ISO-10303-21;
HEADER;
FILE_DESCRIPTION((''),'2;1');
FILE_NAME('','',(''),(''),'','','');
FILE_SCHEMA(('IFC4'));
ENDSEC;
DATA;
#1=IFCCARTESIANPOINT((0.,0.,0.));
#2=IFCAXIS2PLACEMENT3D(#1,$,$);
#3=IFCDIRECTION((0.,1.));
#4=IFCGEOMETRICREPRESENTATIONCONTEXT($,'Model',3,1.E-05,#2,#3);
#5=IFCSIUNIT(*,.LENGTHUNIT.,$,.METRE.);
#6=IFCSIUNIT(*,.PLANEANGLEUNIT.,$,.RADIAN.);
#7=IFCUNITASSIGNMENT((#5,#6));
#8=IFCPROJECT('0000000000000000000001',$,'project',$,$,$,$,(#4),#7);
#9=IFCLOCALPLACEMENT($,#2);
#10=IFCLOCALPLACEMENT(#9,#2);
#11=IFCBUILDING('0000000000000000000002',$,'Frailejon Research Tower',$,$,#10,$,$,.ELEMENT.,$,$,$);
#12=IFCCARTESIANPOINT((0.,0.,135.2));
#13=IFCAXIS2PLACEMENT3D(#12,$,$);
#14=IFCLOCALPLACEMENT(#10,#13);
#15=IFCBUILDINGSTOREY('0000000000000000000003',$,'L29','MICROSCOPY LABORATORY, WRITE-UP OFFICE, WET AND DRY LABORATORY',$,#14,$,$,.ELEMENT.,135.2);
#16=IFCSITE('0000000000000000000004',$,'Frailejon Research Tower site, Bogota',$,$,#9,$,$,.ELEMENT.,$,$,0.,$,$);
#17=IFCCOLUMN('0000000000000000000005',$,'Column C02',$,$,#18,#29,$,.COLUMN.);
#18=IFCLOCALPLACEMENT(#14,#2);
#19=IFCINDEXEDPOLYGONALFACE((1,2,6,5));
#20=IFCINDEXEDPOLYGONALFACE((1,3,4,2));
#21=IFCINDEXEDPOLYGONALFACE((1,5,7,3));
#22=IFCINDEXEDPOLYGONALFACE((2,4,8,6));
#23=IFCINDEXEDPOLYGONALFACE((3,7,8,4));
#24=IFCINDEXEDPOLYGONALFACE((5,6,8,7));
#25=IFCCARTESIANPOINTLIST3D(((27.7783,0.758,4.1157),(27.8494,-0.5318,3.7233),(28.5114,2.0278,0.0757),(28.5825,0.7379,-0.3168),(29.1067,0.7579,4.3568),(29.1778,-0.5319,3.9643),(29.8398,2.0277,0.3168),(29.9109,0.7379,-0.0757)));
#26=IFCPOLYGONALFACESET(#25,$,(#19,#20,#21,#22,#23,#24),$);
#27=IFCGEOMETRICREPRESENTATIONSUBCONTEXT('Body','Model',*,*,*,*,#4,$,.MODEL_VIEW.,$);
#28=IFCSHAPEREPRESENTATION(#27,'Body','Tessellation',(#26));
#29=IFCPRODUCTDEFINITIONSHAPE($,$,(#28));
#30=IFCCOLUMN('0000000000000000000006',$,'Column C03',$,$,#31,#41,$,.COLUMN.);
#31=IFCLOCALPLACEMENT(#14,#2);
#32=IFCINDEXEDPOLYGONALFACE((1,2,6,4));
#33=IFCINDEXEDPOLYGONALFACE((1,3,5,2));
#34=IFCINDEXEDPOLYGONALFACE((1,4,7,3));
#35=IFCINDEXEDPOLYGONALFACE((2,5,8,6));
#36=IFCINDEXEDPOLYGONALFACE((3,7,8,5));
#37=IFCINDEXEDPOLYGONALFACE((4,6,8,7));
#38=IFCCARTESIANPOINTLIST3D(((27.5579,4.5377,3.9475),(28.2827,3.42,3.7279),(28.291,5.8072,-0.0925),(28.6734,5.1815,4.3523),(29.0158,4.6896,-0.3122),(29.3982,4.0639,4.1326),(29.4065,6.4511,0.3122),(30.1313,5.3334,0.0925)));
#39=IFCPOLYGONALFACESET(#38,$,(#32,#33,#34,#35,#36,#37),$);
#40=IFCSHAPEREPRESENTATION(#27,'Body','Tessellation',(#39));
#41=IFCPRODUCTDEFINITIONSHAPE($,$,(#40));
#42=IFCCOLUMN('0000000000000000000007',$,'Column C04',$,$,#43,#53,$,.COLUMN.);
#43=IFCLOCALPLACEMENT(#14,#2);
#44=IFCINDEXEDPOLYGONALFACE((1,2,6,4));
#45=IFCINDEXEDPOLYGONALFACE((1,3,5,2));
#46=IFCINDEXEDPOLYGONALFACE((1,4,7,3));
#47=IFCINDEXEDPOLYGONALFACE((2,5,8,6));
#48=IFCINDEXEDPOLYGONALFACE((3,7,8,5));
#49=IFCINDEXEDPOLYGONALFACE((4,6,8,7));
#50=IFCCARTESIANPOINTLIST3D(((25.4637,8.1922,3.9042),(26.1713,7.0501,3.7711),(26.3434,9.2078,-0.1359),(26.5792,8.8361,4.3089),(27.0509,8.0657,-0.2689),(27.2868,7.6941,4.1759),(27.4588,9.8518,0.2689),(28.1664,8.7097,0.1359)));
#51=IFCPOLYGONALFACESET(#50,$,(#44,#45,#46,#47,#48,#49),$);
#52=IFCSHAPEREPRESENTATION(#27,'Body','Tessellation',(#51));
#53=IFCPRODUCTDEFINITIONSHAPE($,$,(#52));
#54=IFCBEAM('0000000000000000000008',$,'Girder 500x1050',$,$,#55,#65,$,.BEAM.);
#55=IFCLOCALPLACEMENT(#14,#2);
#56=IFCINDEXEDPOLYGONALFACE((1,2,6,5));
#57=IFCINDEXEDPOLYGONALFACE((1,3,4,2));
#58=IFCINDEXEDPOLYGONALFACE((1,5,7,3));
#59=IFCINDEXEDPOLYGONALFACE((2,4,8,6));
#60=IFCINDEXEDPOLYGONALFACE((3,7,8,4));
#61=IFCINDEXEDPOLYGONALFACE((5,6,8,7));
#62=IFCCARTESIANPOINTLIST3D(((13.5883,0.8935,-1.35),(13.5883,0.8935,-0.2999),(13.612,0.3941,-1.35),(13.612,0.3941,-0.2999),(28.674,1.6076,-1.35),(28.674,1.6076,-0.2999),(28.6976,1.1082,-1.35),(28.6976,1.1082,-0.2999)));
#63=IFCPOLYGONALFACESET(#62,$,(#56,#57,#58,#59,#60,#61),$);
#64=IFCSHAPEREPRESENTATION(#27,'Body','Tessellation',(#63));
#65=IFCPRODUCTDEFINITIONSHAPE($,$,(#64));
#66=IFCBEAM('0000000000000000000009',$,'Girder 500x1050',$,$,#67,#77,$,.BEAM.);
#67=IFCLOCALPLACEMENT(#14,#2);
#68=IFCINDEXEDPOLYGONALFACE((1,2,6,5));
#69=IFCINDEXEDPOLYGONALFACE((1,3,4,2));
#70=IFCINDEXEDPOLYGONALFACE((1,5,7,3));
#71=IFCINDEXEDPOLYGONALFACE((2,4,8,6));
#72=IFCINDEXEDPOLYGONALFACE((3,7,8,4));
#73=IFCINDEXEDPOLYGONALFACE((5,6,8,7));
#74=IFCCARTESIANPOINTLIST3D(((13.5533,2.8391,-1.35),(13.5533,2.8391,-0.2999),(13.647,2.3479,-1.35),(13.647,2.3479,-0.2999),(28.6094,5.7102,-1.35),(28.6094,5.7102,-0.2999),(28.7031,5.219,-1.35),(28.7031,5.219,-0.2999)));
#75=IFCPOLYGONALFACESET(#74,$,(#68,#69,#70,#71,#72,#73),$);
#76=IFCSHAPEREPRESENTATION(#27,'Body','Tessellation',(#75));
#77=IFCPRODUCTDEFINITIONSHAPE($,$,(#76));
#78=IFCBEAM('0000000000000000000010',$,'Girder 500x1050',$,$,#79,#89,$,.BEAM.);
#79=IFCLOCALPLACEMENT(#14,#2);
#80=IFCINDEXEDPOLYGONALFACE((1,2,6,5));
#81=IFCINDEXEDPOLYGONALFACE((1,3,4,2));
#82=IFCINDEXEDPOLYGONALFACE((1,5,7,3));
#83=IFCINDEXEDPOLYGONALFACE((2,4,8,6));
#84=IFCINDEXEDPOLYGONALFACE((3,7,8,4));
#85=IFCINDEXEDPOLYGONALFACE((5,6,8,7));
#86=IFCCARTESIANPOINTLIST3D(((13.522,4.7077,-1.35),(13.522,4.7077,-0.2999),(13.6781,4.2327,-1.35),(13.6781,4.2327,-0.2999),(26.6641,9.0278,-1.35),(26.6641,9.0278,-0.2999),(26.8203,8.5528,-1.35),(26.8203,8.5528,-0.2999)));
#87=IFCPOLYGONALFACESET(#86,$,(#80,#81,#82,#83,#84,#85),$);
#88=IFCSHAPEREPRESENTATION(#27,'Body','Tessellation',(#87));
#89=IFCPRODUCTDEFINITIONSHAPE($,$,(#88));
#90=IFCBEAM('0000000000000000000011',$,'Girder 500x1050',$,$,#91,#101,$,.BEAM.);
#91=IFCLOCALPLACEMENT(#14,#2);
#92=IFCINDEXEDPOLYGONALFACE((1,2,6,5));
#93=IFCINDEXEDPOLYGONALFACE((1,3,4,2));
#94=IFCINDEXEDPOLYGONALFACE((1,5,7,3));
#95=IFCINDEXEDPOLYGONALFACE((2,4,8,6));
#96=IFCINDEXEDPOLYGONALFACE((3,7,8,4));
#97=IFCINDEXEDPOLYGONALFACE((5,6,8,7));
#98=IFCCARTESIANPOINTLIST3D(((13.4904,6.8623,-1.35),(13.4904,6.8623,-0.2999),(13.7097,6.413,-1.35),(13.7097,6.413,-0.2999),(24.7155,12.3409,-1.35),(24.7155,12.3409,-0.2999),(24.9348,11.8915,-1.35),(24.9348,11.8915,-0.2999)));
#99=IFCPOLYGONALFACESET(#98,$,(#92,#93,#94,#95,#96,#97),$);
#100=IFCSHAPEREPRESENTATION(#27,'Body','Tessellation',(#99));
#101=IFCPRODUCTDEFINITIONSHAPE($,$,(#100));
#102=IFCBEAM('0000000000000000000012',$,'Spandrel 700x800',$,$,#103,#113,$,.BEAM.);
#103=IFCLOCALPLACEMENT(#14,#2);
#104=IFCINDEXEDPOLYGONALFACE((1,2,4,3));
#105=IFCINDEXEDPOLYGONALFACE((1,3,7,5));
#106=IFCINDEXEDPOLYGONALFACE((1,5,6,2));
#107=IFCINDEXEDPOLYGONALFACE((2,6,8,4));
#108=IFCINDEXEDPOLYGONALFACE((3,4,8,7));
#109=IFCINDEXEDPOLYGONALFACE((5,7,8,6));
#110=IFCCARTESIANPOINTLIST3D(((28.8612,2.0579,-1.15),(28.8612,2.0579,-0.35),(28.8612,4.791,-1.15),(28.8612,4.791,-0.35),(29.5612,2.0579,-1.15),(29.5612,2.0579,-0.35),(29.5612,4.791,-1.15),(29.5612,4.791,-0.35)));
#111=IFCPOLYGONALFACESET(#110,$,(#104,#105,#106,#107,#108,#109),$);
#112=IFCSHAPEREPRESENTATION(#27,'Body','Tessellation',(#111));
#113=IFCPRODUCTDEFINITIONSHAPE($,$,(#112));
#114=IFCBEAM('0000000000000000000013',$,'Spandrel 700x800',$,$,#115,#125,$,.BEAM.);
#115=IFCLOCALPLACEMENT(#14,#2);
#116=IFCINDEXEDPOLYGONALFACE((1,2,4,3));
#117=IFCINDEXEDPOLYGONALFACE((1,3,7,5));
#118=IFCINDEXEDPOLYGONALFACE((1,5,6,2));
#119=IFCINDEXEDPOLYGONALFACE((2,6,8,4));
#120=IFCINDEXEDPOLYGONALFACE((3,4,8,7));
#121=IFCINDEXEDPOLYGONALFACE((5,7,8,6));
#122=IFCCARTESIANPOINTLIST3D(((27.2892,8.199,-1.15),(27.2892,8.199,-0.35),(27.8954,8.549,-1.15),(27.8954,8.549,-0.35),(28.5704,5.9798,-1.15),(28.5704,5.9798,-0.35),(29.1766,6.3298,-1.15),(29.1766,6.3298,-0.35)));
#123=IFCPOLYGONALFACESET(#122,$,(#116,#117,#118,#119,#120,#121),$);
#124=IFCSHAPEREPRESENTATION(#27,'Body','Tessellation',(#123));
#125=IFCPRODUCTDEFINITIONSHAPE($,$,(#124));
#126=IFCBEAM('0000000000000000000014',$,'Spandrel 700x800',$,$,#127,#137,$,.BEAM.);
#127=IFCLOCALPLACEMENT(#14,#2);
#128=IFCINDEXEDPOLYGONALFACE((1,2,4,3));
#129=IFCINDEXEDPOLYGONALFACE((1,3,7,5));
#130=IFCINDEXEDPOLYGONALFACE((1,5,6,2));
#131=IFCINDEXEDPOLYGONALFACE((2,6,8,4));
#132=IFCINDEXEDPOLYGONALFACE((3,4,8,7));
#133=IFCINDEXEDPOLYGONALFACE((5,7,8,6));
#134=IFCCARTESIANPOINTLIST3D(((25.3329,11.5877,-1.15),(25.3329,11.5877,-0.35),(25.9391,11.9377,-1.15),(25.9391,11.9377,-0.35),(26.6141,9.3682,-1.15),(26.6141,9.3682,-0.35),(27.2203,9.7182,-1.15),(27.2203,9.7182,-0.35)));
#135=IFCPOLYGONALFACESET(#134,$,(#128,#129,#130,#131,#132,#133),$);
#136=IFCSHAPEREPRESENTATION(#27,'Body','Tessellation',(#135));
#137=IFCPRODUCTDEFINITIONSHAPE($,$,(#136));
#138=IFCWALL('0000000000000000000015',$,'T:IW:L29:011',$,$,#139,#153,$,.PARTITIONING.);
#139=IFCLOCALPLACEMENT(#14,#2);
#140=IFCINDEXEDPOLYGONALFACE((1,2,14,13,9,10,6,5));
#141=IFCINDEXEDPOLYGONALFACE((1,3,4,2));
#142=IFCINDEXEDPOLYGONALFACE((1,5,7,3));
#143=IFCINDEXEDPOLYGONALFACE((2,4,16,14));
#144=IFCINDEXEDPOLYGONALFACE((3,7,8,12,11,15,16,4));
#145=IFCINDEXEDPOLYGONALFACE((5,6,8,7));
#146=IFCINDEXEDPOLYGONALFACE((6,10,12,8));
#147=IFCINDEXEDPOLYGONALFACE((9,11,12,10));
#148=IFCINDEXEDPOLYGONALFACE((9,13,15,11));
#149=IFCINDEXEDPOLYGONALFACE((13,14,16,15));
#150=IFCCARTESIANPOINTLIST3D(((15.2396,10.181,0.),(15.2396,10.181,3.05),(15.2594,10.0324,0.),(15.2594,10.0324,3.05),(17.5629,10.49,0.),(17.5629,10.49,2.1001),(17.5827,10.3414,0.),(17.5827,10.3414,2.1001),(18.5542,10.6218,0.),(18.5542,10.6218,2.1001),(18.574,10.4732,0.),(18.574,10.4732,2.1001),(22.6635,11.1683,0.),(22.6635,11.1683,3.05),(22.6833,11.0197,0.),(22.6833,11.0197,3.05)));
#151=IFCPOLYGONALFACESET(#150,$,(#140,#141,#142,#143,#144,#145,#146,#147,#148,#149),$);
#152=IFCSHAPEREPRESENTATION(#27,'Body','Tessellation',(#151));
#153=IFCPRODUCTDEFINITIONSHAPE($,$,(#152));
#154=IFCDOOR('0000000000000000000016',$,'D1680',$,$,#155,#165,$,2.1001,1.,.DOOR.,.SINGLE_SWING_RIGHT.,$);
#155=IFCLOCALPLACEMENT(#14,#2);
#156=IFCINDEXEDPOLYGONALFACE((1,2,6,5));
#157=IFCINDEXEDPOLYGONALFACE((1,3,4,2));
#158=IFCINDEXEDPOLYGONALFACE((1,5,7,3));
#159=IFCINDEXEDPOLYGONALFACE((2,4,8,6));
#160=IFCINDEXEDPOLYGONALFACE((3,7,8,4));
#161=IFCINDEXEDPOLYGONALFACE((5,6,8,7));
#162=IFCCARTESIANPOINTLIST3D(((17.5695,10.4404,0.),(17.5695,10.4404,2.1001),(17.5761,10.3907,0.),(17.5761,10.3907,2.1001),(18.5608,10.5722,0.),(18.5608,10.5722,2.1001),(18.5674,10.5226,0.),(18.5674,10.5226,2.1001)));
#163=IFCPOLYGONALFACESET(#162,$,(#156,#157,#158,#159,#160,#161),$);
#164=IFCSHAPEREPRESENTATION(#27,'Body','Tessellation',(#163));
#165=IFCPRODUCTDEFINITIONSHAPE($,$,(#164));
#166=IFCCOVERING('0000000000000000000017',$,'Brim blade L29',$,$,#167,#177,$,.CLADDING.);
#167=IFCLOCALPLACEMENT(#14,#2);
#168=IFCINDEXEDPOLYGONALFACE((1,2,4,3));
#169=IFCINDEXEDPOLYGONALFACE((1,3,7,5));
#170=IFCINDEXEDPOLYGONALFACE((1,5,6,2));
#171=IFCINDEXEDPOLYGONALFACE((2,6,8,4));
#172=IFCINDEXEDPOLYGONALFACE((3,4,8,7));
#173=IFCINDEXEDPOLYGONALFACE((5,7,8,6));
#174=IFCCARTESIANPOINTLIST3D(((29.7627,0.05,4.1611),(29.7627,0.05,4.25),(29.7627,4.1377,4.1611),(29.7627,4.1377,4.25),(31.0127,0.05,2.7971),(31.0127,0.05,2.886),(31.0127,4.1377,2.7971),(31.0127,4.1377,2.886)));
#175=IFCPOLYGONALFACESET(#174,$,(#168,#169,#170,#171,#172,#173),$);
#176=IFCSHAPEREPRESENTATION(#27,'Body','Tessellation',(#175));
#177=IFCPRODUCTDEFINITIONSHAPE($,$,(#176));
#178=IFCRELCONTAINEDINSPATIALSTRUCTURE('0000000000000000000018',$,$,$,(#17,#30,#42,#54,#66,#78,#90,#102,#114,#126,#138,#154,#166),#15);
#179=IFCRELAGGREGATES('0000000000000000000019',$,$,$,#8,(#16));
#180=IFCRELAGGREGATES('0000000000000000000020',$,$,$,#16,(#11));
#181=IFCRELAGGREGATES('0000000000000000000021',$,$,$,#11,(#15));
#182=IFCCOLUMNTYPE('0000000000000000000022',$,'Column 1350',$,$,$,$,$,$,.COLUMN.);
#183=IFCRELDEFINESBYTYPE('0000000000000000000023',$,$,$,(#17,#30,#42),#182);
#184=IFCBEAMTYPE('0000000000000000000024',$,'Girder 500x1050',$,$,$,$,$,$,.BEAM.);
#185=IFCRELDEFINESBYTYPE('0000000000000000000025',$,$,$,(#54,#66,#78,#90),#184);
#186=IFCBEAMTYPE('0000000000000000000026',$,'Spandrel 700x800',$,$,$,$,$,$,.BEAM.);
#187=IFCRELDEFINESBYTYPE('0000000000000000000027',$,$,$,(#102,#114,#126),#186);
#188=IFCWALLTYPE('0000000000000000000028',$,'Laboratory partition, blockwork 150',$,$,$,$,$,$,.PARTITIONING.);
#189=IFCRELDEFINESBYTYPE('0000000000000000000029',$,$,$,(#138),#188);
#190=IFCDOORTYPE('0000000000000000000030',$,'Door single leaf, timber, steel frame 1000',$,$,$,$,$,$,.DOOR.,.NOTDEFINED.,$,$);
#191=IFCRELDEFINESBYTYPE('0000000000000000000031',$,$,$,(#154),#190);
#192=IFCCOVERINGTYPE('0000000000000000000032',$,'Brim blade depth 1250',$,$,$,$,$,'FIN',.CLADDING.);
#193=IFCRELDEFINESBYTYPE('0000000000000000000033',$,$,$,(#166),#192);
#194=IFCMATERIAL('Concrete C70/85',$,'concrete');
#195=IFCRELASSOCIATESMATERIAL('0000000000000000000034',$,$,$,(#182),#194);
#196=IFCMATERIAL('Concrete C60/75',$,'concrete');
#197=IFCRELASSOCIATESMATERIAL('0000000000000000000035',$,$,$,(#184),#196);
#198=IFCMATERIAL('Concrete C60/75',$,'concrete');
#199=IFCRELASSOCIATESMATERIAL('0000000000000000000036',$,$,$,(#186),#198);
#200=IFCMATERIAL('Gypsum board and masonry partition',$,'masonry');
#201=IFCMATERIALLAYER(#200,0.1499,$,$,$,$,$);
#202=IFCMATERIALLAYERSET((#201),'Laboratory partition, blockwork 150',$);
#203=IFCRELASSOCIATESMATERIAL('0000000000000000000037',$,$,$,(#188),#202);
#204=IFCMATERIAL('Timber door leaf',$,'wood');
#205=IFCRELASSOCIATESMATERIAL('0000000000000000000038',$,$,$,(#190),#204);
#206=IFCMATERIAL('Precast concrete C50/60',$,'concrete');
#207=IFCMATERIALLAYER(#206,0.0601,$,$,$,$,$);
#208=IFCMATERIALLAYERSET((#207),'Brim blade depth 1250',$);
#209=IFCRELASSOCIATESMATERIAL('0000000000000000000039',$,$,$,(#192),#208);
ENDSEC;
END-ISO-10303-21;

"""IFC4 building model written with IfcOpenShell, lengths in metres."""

from ifc_helpers import new_model, si_unit, direction, frame, frame_2d, origin, origin_2d, place, context, subcontext, project, spatial, polyline, rectangle, outline, extrude, material, layer, layer_set, material_profile, profile_set, type_object, element, fill, save


model = new_model("IFC4")

# Units and contexts
model_context = context("Model", 3, precision=1e-05, world=origin(), true_north=direction((0.0, 1.0)))
body_context = subcontext(model_context, "Body", "Model", "MODEL_VIEW")
ifc_project = project(units=[si_unit("LENGTHUNIT", "METRE"), si_unit("PLANEANGLEUNIT", "RADIAN")], contexts=[model_context])

# Site, building, storey
site_placement = place(None, origin())
site = spatial("IfcSite", under=ifc_project, at=site_placement, Name="Frailejon Research Tower site, Bogota", CompositionType="ELEMENT", RefElevation=0.0)
building_placement = place(site_placement, origin())
building = spatial("IfcBuilding", under=site, at=building_placement, Name="Frailejon Research Tower", CompositionType="ELEMENT")
storey_placement = place(building_placement, frame((0.0, 0.0, 135.2)))
storey = spatial("IfcBuildingStorey", under=building, at=storey_placement, Name="L29", Description="MICROSCOPY LABORATORY, WRITE-UP OFFICE, WET AND DRY LABORATORY", CompositionType="ELEMENT", Elevation=135.2)

# Columns
ifc_material_1 = material(Name="Concrete C70/85", Category="concrete")
ifc_material_profile_1 = material_profile(ifc_material_1, rectangle(XDim=1.3501, YDim=1.3501, at=origin_2d()), Name="Column 1350")
ifc_profile_set_1 = profile_set([ifc_material_profile_1], Name="Concrete C70/85")
column_type = type_object("IfcColumnType", Name="Column 1350", PredefinedType="COLUMN", material=ifc_profile_set_1)
for number, where, z_axis, x_axis, name in (
    (1, (29.2112, 1.3828, 0.0), (-0.170585, -0.295442, 0.940008), (-0.052685, 0.955361, 0.290707), "Column C02"),
    (2, (29.2112, 5.5703, 0.0), (-0.170588, -0.295391, 0.940023), (-0.536862, 0.827831, 0.16271), "Column C03"),
):
    element("IfcColumn", number, at=place(storey_placement, frame(where, z_axis=z_axis, x_axis=x_axis)), inside=storey, type_object=column_type, Name=name, PredefinedType="COLUMN", context=body_context, shape_type="SweptSolid", body=[
        extrude(rectangle(XDim=1.3501, YDim=1.3501, at=origin_2d()), origin(), (0.0, 0.0, 1.0), 4.2979),
    ])
column_placement = place(storey_placement, frame((27.2549, 8.9587, 0.0), z_axis=(-0.206604, -0.238544, 0.9489), x_axis=(-0.524107, 0.845932, 0.098545)))
element("IfcColumn", 3, at=column_placement, inside=storey, type_object=column_type, Name="Column C04", PredefinedType="COLUMN", context=body_context, shape_type="SweptSolid", body=[
    extrude(rectangle(XDim=1.3501, YDim=1.3501, at=origin_2d()), origin(), (0.0, 0.0, 1.0), 4.2576),
])

# Beams
ifc_material_2 = material(Name="Concrete C60/75", Category="concrete")
ifc_material_profile_2 = material_profile(ifc_material_2, rectangle(XDim=0.5, YDim=1.05, at=origin_2d()), Name="Girder 500x1050")
ifc_profile_set_2 = profile_set([ifc_material_profile_2], Name="Concrete C60/75")
beam_type_1 = type_object("IfcBeamType", Name="Girder 500x1050", PredefinedType="BEAM", material=ifc_profile_set_2)
beam_1_placement = place(storey_placement, frame((28.6858, 1.3579, -0.825), z_axis=(-0.998881, -0.047284, 0.0), x_axis=(0.047284, -0.998881, 0.0)))
element("IfcBeam", 4, at=beam_1_placement, inside=storey, type_object=beam_type_1, Name="Girder 500x1050", PredefinedType="BEAM", context=body_context, shape_type="SweptSolid", body=[
    extrude(rectangle(XDim=0.5, YDim=1.05, at=origin_2d()), origin(), (0.0, 0.0, 1.0), 15.1025),
])
beam_2_placement = place(storey_placement, frame((28.6562, 5.4646, -0.825), z_axis=(-0.9823, -0.187317, 0.0), x_axis=(0.187317, -0.9823, 0.0)))
element("IfcBeam", 5, at=beam_2_placement, inside=storey, type_object=beam_type_1, Name="Girder 500x1050", PredefinedType="BEAM", context=body_context, shape_type="SweptSolid", body=[
    extrude(rectangle(XDim=0.5, YDim=1.05, at=origin_2d()), origin(), (0.0, 0.0, 1.0), 15.3274),
])
beam_3_placement = place(storey_placement, frame((26.7422, 8.7903, -0.825), z_axis=(-0.94999, -0.312281, 0.0), x_axis=(0.312281, -0.94999, 0.0)))
element("IfcBeam", 6, at=beam_3_placement, inside=storey, type_object=beam_type_1, Name="Girder 500x1050", PredefinedType="BEAM", context=body_context, shape_type="SweptSolid", body=[
    extrude(rectangle(XDim=0.5, YDim=1.05, at=origin_2d()), origin(), (0.0, 0.0, 1.0), 13.834),
])
beam_4_placement = place(storey_placement, frame((24.8252, 12.1162, -0.825), z_axis=(-0.898678, -0.438608, 0.0), x_axis=(0.438608, -0.898678, 0.0)))
element("IfcBeam", 7, at=beam_4_placement, inside=storey, type_object=beam_type_1, Name="Girder 500x1050", PredefinedType="BEAM", context=body_context, shape_type="SweptSolid", body=[
    extrude(rectangle(XDim=0.5, YDim=1.05, at=origin_2d()), origin(), (0.0, 0.0, 1.0), 12.4907),
])
ifc_material_3 = material(Name="Concrete C60/75", Category="concrete")
ifc_material_profile_3 = material_profile(ifc_material_3, rectangle(XDim=0.7, YDim=0.8, at=origin_2d()), Name="Spandrel 700x800")
ifc_profile_set_3 = profile_set([ifc_material_profile_3], Name="Concrete C60/75")
beam_type_2 = type_object("IfcBeamType", Name="Spandrel 700x800", PredefinedType="BEAM", material=ifc_profile_set_3)
beam_5_placement = place(storey_placement, frame((29.2112, 2.0579, -0.75), z_axis=(0.0, 1.0, 0.0), x_axis=(-1.0, 0.0, 0.0)))
element("IfcBeam", 8, at=beam_5_placement, inside=storey, type_object=beam_type_2, Name="Spandrel 700x800", PredefinedType="BEAM", context=body_context, shape_type="SweptSolid", body=[
    extrude(rectangle(XDim=0.7, YDim=0.8, at=origin_2d()), origin(), (0.0, 0.0, 1.0), 2.7332),
])
beam_6_placement = place(storey_placement, frame((28.8735, 6.1548, -0.75), z_axis=(-0.499992, 0.86603, 0.0), x_axis=(-0.86603, -0.499992, 0.0)))
element("IfcBeam", 9, at=beam_6_placement, inside=storey, type_object=beam_type_2, Name="Spandrel 700x800", PredefinedType="BEAM", context=body_context, shape_type="SweptSolid", body=[
    extrude(rectangle(XDim=0.7, YDim=0.8, at=origin_2d()), origin(), (0.0, 0.0, 1.0), 2.5625),
])
beam_7_placement = place(storey_placement, frame((26.9172, 9.5432, -0.75), z_axis=(-0.499951, 0.866054, 0.0), x_axis=(-0.866054, -0.499951, 0.0)))
element("IfcBeam", 10, at=beam_7_placement, inside=storey, type_object=beam_type_2, Name="Spandrel 700x800", PredefinedType="BEAM", context=body_context, shape_type="SweptSolid", body=[
    extrude(rectangle(XDim=0.7, YDim=0.8, at=origin_2d()), origin(), (0.0, 0.0, 1.0), 2.5627),
])

# Wall, opening, door
ifc_material_4 = material(Name="Gypsum board and masonry partition", Category="masonry")
ifc_layer_1 = layer(ifc_material_4, 0.1499)
ifc_layer_set_1 = layer_set([ifc_layer_1], Name="Laboratory partition, blockwork 150")
wall_type_1 = type_object("IfcWallType", Name="Laboratory partition, blockwork 150", PredefinedType="PARTITIONING", material=ifc_layer_set_1)
wall_1_placement = place(storey_placement, frame((15.2495, 10.1067, 0.0), z_axis=(0.0, 0.0, 1.0), x_axis=(0.991272, 0.131831, 0.0)))
wall_1 = element("IfcWall", 11, at=wall_1_placement, inside=storey, type_object=wall_type_1, Name="T:IW:L29:011", PredefinedType="PARTITIONING", context=body_context, shape_type="SweptSolid", body=[
    extrude(rectangle(XDim=7.4893, YDim=0.1499, at=frame_2d((3.7446, 0.0))), origin(), (0.0, 0.0, 1.0), 3.05),
])
opening_1_placement = place(wall_1_placement, frame((2.3438, 0.0, 0.0)))
opening_1 = element("IfcOpeningElement", 12, at=opening_1_placement, cuts=wall_1, PredefinedType="OPENING", context=body_context, shape_type="SweptSolid", body=[
    extrude(rectangle(XDim=1.0, YDim=2.1001, at=frame_2d((0.5, 1.05))), frame((0.0, 0.085, 0.0), z_axis=(0.0, -1.0, 0.0), x_axis=(1.0, 0.0, 0.0)), (0.0, 0.0, 1.0), 0.1699),
])
ifc_material_5 = material(Name="Timber door leaf", Category="wood")
door_type_1 = type_object("IfcDoorType", Name="Door single leaf, timber, steel frame 1000", OperationType="NOTDEFINED", PredefinedType="DOOR", material=ifc_material_5)
door_1_placement = place(opening_1_placement, origin())
door_1 = element("IfcDoor", 13, at=door_1_placement, inside=storey, type_object=door_type_1, Name="D1680", OperationType="SINGLE_SWING_RIGHT", OverallHeight=2.1001, OverallWidth=1.0, PredefinedType="DOOR", context=body_context, shape_type="SweptSolid", body=[
    extrude(rectangle(XDim=1.0, YDim=2.1001, at=frame_2d((0.5, 1.05))), frame((0.0, 0.0249, 0.0), z_axis=(0.0, -1.0, 0.0), x_axis=(1.0, 0.0, 0.0)), (0.0, 0.0, 1.0), 0.05),
])
fill(opening_1, door_1)

# Covering
ifc_material_6 = material(Name="Precast concrete C50/60", Category="concrete")
ifc_layer_2 = layer(ifc_material_6, 0.0601)
ifc_layer_set_2 = layer_set([ifc_layer_2], Name="Brim blade depth 1250")
covering_type = type_object("IfcCoveringType", Name="Brim blade depth 1250", ElementType="FIN", PredefinedType="CLADDING", material=ifc_layer_set_2)
covering_placement = place(storey_placement, frame((29.7627, 4.1377, 4.25), z_axis=(0.0, -1.0, 0.0), x_axis=(1.0, 0.0, 0.0)))
element("IfcCovering", 14, at=covering_placement, inside=storey, type_object=covering_type, Name="Brim blade L29", PredefinedType="CLADDING", context=body_context, shape_type="SweptSolid", body=[
    extrude(outline(polyline([(0.0, -0.0889), (1.25, -1.4529), (1.25, -1.364), (0.0, 0.0), (0.0, -0.0889)])), origin(), (0.0, 0.0, 1.0), 4.0876),
])

save(model, "model.ifc")
